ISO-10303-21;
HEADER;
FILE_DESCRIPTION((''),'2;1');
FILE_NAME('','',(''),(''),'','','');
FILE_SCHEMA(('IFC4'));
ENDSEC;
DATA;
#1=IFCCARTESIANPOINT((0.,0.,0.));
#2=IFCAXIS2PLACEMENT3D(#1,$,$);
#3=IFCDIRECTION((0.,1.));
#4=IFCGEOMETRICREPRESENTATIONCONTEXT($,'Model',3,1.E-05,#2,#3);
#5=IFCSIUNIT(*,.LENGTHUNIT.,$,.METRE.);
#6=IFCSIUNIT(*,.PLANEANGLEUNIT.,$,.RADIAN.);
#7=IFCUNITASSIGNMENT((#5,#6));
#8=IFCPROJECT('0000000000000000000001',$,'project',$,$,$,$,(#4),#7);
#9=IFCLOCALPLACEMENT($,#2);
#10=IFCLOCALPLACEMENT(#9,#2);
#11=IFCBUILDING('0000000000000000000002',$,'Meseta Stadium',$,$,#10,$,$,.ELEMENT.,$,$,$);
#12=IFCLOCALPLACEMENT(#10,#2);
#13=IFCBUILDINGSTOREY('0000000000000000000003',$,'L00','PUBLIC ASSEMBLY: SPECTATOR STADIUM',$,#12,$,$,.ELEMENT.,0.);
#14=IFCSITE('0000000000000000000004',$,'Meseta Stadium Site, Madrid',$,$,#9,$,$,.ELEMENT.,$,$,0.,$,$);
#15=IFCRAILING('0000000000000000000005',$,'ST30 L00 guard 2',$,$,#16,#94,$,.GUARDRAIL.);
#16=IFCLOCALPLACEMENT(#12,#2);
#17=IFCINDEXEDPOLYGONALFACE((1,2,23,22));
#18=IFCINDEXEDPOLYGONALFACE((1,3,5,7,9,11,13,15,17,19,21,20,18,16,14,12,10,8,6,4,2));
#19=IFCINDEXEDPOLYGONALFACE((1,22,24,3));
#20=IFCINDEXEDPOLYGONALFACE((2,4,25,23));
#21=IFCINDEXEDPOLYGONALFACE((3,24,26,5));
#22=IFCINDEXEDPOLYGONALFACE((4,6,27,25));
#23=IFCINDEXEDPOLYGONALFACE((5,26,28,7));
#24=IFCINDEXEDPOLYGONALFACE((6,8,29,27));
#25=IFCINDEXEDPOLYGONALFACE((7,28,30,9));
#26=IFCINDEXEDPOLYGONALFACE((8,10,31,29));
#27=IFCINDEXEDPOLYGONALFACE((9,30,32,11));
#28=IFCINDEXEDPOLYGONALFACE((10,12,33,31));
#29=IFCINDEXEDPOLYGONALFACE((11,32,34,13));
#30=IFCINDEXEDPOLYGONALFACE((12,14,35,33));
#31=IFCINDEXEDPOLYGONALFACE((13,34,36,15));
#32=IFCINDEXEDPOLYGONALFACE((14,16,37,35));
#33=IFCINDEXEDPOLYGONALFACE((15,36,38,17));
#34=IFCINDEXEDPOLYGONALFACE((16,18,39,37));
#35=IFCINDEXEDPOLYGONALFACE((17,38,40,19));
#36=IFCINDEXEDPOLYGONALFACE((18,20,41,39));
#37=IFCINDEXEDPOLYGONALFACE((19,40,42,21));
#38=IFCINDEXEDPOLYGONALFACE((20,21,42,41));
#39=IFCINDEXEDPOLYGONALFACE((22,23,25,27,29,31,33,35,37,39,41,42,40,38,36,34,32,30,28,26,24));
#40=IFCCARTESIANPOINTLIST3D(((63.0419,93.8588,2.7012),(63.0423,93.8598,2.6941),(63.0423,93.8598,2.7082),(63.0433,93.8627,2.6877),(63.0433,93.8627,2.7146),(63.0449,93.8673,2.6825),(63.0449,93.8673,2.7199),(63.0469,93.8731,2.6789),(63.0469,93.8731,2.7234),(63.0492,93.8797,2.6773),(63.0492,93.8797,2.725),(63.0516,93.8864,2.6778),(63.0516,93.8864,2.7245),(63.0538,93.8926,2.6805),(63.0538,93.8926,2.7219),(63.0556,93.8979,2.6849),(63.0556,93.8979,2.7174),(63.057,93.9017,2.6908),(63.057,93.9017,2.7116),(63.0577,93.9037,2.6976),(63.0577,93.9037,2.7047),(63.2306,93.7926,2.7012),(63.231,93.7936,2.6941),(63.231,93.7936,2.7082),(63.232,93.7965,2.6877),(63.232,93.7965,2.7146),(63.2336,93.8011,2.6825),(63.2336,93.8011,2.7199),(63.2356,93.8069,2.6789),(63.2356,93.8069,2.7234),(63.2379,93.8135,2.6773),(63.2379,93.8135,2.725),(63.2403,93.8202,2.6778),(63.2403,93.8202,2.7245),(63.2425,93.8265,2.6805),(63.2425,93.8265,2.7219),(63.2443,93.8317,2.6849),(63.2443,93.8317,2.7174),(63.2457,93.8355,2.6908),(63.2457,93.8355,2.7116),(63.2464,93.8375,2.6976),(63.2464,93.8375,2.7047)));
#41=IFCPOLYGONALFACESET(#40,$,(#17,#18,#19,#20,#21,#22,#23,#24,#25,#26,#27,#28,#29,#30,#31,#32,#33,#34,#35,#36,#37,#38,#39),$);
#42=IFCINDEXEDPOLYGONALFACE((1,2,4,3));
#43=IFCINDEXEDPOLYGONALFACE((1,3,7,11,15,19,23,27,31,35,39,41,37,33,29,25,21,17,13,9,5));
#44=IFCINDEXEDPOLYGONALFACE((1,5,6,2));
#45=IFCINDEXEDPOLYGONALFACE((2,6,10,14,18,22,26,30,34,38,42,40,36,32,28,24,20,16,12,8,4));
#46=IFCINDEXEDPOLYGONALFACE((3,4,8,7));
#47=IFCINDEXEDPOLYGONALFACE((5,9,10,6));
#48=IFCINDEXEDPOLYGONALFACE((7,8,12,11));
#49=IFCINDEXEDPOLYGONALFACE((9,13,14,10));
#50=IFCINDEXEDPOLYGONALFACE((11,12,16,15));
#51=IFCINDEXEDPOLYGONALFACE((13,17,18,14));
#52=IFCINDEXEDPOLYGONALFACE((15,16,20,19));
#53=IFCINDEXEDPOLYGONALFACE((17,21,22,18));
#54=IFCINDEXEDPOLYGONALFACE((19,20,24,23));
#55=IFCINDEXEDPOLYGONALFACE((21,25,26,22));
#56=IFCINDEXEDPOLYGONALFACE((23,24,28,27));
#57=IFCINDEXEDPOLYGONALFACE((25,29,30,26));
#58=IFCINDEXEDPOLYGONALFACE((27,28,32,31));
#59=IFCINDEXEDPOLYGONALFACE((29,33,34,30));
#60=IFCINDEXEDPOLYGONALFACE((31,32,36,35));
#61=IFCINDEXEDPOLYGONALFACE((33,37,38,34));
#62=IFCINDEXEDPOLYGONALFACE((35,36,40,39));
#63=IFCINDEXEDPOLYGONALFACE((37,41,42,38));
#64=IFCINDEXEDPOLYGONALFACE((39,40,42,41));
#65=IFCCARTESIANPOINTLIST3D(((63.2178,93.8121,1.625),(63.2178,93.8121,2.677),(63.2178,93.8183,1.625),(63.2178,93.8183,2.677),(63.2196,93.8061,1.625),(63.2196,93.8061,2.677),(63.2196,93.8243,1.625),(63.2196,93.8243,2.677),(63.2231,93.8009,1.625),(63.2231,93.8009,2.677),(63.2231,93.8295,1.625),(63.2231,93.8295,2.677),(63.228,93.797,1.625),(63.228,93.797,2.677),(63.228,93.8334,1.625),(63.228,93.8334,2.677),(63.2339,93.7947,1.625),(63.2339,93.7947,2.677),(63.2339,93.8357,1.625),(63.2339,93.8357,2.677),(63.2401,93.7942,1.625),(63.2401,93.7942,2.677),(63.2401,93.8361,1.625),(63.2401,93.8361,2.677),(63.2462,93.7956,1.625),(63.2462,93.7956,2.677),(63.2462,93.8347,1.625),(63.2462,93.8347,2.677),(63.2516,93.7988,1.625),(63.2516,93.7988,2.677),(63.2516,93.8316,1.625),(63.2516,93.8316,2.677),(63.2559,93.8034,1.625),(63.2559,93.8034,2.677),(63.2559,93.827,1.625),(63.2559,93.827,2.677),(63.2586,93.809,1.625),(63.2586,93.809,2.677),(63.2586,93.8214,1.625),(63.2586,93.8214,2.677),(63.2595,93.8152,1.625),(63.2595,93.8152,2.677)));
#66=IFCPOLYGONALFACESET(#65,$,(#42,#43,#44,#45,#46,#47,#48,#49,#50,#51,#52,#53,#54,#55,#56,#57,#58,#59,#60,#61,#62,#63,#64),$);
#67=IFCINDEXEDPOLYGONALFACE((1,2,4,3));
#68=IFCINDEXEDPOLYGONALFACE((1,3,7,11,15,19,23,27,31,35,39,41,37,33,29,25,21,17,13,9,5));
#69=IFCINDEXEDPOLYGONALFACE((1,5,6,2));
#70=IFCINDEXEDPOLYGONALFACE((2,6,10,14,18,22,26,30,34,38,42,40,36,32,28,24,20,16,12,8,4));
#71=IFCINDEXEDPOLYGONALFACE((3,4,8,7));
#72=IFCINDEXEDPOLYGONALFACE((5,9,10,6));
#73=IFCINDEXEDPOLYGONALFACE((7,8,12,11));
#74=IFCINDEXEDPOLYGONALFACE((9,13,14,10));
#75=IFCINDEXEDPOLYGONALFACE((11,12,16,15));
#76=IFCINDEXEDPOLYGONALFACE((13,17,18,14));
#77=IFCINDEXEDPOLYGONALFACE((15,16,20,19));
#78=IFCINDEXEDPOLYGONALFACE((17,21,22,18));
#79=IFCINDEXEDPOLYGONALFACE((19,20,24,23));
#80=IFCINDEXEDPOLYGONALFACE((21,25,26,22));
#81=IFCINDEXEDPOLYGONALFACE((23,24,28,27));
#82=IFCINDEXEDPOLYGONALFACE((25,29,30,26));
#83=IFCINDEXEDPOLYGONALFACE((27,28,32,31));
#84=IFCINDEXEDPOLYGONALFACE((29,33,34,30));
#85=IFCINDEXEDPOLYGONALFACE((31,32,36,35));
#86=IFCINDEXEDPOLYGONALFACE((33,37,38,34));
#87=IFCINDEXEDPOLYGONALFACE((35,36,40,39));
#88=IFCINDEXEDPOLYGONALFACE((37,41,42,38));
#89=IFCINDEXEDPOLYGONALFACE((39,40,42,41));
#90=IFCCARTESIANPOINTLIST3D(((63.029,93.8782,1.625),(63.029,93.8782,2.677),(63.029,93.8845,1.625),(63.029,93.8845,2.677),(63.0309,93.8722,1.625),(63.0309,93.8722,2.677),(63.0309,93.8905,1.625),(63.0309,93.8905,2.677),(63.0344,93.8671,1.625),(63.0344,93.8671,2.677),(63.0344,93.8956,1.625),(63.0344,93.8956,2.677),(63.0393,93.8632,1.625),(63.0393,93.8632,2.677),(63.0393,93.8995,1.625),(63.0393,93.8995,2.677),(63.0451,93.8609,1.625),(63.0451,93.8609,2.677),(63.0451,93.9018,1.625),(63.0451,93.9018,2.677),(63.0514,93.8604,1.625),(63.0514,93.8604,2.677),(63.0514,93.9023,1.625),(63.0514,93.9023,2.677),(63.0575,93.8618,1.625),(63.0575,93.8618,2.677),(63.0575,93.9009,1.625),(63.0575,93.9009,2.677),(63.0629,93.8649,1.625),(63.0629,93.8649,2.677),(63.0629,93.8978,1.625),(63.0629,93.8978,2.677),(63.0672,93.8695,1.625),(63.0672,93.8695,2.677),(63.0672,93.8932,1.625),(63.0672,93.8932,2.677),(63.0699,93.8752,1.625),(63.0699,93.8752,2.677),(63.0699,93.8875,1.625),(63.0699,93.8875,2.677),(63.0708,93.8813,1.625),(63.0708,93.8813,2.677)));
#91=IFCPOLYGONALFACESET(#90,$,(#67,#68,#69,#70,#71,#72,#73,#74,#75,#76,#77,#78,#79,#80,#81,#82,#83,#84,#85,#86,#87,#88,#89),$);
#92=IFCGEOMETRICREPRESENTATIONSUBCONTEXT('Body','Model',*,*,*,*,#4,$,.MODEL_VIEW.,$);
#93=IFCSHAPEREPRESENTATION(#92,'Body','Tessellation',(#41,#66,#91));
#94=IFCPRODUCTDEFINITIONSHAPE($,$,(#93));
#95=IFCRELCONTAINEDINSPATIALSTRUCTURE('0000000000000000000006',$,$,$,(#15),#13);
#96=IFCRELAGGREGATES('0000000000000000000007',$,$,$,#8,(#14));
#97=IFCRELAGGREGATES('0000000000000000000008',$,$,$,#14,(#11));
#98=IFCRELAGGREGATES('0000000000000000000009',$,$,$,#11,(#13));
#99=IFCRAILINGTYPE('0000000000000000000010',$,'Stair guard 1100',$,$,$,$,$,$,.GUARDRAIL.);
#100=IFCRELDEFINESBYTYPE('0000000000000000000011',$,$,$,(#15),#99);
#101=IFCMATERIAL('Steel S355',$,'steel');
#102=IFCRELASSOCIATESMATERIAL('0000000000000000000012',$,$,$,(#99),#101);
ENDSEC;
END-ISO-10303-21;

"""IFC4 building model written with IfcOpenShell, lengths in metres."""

from ifc_helpers import new_model, si_unit, direction, frame, origin, origin_2d, place, context, subcontext, project, spatial, circle, extrude, material, type_object, element, save


model = new_model("IFC4")

# Units and contexts
model_context = context("Model", 3, precision=1e-05, world=origin(), true_north=direction((0.0, 1.0)))
body_context = subcontext(model_context, "Body", "Model", "MODEL_VIEW")
ifc_project = project(units=[si_unit("LENGTHUNIT", "METRE"), si_unit("PLANEANGLEUNIT", "RADIAN")], contexts=[model_context])

# Site, building, storey
site_placement = place(None, origin())
site = spatial("IfcSite", under=ifc_project, at=site_placement, Name="Meseta Stadium Site, Madrid", CompositionType="ELEMENT", RefElevation=0.0)
building_placement = place(site_placement, origin())
building = spatial("IfcBuilding", under=site, at=building_placement, Name="Meseta Stadium", CompositionType="ELEMENT")
storey_placement = place(building_placement, origin())
storey = spatial("IfcBuildingStorey", under=building, at=storey_placement, Name="L00", Description="PUBLIC ASSEMBLY: SPECTATOR STADIUM", CompositionType="ELEMENT", Elevation=0.0)

# Railing
ifc_material_1 = material(Name="Steel S355", Category="steel")
railing_type_1 = type_object("IfcRailingType", Name="Stair guard 1100", PredefinedType="GUARDRAIL", material=ifc_material_1)
railing_1_placement = place(storey_placement, frame((63.2385, 93.8152, 1.625)))
element("IfcRailing", 1, at=railing_1_placement, inside=storey, type_object=railing_type_1, Name="ST30 L00 guard 2", PredefinedType="GUARDRAIL", context=body_context, shape_type="SweptSolid", body=[
    extrude(circle(Radius=0.0239, at=origin_2d()), frame((0.0, 0.0, 1.0762), z_axis=(-0.943687, 0.33084, 0.0), x_axis=(-0.33084, -0.943687, 0.0)), (0.0, 0.0, 1.0), 0.2),
    extrude(circle(Radius=0.021, at=origin_2d()), origin(), (0.0, 0.0, 1.0), 1.052),
    extrude(circle(Radius=0.021, at=origin_2d()), frame((-0.1887, 0.0662, 0.0)), (0.0, 0.0, 1.0), 1.052),
])

save(model, "model.ifc")
